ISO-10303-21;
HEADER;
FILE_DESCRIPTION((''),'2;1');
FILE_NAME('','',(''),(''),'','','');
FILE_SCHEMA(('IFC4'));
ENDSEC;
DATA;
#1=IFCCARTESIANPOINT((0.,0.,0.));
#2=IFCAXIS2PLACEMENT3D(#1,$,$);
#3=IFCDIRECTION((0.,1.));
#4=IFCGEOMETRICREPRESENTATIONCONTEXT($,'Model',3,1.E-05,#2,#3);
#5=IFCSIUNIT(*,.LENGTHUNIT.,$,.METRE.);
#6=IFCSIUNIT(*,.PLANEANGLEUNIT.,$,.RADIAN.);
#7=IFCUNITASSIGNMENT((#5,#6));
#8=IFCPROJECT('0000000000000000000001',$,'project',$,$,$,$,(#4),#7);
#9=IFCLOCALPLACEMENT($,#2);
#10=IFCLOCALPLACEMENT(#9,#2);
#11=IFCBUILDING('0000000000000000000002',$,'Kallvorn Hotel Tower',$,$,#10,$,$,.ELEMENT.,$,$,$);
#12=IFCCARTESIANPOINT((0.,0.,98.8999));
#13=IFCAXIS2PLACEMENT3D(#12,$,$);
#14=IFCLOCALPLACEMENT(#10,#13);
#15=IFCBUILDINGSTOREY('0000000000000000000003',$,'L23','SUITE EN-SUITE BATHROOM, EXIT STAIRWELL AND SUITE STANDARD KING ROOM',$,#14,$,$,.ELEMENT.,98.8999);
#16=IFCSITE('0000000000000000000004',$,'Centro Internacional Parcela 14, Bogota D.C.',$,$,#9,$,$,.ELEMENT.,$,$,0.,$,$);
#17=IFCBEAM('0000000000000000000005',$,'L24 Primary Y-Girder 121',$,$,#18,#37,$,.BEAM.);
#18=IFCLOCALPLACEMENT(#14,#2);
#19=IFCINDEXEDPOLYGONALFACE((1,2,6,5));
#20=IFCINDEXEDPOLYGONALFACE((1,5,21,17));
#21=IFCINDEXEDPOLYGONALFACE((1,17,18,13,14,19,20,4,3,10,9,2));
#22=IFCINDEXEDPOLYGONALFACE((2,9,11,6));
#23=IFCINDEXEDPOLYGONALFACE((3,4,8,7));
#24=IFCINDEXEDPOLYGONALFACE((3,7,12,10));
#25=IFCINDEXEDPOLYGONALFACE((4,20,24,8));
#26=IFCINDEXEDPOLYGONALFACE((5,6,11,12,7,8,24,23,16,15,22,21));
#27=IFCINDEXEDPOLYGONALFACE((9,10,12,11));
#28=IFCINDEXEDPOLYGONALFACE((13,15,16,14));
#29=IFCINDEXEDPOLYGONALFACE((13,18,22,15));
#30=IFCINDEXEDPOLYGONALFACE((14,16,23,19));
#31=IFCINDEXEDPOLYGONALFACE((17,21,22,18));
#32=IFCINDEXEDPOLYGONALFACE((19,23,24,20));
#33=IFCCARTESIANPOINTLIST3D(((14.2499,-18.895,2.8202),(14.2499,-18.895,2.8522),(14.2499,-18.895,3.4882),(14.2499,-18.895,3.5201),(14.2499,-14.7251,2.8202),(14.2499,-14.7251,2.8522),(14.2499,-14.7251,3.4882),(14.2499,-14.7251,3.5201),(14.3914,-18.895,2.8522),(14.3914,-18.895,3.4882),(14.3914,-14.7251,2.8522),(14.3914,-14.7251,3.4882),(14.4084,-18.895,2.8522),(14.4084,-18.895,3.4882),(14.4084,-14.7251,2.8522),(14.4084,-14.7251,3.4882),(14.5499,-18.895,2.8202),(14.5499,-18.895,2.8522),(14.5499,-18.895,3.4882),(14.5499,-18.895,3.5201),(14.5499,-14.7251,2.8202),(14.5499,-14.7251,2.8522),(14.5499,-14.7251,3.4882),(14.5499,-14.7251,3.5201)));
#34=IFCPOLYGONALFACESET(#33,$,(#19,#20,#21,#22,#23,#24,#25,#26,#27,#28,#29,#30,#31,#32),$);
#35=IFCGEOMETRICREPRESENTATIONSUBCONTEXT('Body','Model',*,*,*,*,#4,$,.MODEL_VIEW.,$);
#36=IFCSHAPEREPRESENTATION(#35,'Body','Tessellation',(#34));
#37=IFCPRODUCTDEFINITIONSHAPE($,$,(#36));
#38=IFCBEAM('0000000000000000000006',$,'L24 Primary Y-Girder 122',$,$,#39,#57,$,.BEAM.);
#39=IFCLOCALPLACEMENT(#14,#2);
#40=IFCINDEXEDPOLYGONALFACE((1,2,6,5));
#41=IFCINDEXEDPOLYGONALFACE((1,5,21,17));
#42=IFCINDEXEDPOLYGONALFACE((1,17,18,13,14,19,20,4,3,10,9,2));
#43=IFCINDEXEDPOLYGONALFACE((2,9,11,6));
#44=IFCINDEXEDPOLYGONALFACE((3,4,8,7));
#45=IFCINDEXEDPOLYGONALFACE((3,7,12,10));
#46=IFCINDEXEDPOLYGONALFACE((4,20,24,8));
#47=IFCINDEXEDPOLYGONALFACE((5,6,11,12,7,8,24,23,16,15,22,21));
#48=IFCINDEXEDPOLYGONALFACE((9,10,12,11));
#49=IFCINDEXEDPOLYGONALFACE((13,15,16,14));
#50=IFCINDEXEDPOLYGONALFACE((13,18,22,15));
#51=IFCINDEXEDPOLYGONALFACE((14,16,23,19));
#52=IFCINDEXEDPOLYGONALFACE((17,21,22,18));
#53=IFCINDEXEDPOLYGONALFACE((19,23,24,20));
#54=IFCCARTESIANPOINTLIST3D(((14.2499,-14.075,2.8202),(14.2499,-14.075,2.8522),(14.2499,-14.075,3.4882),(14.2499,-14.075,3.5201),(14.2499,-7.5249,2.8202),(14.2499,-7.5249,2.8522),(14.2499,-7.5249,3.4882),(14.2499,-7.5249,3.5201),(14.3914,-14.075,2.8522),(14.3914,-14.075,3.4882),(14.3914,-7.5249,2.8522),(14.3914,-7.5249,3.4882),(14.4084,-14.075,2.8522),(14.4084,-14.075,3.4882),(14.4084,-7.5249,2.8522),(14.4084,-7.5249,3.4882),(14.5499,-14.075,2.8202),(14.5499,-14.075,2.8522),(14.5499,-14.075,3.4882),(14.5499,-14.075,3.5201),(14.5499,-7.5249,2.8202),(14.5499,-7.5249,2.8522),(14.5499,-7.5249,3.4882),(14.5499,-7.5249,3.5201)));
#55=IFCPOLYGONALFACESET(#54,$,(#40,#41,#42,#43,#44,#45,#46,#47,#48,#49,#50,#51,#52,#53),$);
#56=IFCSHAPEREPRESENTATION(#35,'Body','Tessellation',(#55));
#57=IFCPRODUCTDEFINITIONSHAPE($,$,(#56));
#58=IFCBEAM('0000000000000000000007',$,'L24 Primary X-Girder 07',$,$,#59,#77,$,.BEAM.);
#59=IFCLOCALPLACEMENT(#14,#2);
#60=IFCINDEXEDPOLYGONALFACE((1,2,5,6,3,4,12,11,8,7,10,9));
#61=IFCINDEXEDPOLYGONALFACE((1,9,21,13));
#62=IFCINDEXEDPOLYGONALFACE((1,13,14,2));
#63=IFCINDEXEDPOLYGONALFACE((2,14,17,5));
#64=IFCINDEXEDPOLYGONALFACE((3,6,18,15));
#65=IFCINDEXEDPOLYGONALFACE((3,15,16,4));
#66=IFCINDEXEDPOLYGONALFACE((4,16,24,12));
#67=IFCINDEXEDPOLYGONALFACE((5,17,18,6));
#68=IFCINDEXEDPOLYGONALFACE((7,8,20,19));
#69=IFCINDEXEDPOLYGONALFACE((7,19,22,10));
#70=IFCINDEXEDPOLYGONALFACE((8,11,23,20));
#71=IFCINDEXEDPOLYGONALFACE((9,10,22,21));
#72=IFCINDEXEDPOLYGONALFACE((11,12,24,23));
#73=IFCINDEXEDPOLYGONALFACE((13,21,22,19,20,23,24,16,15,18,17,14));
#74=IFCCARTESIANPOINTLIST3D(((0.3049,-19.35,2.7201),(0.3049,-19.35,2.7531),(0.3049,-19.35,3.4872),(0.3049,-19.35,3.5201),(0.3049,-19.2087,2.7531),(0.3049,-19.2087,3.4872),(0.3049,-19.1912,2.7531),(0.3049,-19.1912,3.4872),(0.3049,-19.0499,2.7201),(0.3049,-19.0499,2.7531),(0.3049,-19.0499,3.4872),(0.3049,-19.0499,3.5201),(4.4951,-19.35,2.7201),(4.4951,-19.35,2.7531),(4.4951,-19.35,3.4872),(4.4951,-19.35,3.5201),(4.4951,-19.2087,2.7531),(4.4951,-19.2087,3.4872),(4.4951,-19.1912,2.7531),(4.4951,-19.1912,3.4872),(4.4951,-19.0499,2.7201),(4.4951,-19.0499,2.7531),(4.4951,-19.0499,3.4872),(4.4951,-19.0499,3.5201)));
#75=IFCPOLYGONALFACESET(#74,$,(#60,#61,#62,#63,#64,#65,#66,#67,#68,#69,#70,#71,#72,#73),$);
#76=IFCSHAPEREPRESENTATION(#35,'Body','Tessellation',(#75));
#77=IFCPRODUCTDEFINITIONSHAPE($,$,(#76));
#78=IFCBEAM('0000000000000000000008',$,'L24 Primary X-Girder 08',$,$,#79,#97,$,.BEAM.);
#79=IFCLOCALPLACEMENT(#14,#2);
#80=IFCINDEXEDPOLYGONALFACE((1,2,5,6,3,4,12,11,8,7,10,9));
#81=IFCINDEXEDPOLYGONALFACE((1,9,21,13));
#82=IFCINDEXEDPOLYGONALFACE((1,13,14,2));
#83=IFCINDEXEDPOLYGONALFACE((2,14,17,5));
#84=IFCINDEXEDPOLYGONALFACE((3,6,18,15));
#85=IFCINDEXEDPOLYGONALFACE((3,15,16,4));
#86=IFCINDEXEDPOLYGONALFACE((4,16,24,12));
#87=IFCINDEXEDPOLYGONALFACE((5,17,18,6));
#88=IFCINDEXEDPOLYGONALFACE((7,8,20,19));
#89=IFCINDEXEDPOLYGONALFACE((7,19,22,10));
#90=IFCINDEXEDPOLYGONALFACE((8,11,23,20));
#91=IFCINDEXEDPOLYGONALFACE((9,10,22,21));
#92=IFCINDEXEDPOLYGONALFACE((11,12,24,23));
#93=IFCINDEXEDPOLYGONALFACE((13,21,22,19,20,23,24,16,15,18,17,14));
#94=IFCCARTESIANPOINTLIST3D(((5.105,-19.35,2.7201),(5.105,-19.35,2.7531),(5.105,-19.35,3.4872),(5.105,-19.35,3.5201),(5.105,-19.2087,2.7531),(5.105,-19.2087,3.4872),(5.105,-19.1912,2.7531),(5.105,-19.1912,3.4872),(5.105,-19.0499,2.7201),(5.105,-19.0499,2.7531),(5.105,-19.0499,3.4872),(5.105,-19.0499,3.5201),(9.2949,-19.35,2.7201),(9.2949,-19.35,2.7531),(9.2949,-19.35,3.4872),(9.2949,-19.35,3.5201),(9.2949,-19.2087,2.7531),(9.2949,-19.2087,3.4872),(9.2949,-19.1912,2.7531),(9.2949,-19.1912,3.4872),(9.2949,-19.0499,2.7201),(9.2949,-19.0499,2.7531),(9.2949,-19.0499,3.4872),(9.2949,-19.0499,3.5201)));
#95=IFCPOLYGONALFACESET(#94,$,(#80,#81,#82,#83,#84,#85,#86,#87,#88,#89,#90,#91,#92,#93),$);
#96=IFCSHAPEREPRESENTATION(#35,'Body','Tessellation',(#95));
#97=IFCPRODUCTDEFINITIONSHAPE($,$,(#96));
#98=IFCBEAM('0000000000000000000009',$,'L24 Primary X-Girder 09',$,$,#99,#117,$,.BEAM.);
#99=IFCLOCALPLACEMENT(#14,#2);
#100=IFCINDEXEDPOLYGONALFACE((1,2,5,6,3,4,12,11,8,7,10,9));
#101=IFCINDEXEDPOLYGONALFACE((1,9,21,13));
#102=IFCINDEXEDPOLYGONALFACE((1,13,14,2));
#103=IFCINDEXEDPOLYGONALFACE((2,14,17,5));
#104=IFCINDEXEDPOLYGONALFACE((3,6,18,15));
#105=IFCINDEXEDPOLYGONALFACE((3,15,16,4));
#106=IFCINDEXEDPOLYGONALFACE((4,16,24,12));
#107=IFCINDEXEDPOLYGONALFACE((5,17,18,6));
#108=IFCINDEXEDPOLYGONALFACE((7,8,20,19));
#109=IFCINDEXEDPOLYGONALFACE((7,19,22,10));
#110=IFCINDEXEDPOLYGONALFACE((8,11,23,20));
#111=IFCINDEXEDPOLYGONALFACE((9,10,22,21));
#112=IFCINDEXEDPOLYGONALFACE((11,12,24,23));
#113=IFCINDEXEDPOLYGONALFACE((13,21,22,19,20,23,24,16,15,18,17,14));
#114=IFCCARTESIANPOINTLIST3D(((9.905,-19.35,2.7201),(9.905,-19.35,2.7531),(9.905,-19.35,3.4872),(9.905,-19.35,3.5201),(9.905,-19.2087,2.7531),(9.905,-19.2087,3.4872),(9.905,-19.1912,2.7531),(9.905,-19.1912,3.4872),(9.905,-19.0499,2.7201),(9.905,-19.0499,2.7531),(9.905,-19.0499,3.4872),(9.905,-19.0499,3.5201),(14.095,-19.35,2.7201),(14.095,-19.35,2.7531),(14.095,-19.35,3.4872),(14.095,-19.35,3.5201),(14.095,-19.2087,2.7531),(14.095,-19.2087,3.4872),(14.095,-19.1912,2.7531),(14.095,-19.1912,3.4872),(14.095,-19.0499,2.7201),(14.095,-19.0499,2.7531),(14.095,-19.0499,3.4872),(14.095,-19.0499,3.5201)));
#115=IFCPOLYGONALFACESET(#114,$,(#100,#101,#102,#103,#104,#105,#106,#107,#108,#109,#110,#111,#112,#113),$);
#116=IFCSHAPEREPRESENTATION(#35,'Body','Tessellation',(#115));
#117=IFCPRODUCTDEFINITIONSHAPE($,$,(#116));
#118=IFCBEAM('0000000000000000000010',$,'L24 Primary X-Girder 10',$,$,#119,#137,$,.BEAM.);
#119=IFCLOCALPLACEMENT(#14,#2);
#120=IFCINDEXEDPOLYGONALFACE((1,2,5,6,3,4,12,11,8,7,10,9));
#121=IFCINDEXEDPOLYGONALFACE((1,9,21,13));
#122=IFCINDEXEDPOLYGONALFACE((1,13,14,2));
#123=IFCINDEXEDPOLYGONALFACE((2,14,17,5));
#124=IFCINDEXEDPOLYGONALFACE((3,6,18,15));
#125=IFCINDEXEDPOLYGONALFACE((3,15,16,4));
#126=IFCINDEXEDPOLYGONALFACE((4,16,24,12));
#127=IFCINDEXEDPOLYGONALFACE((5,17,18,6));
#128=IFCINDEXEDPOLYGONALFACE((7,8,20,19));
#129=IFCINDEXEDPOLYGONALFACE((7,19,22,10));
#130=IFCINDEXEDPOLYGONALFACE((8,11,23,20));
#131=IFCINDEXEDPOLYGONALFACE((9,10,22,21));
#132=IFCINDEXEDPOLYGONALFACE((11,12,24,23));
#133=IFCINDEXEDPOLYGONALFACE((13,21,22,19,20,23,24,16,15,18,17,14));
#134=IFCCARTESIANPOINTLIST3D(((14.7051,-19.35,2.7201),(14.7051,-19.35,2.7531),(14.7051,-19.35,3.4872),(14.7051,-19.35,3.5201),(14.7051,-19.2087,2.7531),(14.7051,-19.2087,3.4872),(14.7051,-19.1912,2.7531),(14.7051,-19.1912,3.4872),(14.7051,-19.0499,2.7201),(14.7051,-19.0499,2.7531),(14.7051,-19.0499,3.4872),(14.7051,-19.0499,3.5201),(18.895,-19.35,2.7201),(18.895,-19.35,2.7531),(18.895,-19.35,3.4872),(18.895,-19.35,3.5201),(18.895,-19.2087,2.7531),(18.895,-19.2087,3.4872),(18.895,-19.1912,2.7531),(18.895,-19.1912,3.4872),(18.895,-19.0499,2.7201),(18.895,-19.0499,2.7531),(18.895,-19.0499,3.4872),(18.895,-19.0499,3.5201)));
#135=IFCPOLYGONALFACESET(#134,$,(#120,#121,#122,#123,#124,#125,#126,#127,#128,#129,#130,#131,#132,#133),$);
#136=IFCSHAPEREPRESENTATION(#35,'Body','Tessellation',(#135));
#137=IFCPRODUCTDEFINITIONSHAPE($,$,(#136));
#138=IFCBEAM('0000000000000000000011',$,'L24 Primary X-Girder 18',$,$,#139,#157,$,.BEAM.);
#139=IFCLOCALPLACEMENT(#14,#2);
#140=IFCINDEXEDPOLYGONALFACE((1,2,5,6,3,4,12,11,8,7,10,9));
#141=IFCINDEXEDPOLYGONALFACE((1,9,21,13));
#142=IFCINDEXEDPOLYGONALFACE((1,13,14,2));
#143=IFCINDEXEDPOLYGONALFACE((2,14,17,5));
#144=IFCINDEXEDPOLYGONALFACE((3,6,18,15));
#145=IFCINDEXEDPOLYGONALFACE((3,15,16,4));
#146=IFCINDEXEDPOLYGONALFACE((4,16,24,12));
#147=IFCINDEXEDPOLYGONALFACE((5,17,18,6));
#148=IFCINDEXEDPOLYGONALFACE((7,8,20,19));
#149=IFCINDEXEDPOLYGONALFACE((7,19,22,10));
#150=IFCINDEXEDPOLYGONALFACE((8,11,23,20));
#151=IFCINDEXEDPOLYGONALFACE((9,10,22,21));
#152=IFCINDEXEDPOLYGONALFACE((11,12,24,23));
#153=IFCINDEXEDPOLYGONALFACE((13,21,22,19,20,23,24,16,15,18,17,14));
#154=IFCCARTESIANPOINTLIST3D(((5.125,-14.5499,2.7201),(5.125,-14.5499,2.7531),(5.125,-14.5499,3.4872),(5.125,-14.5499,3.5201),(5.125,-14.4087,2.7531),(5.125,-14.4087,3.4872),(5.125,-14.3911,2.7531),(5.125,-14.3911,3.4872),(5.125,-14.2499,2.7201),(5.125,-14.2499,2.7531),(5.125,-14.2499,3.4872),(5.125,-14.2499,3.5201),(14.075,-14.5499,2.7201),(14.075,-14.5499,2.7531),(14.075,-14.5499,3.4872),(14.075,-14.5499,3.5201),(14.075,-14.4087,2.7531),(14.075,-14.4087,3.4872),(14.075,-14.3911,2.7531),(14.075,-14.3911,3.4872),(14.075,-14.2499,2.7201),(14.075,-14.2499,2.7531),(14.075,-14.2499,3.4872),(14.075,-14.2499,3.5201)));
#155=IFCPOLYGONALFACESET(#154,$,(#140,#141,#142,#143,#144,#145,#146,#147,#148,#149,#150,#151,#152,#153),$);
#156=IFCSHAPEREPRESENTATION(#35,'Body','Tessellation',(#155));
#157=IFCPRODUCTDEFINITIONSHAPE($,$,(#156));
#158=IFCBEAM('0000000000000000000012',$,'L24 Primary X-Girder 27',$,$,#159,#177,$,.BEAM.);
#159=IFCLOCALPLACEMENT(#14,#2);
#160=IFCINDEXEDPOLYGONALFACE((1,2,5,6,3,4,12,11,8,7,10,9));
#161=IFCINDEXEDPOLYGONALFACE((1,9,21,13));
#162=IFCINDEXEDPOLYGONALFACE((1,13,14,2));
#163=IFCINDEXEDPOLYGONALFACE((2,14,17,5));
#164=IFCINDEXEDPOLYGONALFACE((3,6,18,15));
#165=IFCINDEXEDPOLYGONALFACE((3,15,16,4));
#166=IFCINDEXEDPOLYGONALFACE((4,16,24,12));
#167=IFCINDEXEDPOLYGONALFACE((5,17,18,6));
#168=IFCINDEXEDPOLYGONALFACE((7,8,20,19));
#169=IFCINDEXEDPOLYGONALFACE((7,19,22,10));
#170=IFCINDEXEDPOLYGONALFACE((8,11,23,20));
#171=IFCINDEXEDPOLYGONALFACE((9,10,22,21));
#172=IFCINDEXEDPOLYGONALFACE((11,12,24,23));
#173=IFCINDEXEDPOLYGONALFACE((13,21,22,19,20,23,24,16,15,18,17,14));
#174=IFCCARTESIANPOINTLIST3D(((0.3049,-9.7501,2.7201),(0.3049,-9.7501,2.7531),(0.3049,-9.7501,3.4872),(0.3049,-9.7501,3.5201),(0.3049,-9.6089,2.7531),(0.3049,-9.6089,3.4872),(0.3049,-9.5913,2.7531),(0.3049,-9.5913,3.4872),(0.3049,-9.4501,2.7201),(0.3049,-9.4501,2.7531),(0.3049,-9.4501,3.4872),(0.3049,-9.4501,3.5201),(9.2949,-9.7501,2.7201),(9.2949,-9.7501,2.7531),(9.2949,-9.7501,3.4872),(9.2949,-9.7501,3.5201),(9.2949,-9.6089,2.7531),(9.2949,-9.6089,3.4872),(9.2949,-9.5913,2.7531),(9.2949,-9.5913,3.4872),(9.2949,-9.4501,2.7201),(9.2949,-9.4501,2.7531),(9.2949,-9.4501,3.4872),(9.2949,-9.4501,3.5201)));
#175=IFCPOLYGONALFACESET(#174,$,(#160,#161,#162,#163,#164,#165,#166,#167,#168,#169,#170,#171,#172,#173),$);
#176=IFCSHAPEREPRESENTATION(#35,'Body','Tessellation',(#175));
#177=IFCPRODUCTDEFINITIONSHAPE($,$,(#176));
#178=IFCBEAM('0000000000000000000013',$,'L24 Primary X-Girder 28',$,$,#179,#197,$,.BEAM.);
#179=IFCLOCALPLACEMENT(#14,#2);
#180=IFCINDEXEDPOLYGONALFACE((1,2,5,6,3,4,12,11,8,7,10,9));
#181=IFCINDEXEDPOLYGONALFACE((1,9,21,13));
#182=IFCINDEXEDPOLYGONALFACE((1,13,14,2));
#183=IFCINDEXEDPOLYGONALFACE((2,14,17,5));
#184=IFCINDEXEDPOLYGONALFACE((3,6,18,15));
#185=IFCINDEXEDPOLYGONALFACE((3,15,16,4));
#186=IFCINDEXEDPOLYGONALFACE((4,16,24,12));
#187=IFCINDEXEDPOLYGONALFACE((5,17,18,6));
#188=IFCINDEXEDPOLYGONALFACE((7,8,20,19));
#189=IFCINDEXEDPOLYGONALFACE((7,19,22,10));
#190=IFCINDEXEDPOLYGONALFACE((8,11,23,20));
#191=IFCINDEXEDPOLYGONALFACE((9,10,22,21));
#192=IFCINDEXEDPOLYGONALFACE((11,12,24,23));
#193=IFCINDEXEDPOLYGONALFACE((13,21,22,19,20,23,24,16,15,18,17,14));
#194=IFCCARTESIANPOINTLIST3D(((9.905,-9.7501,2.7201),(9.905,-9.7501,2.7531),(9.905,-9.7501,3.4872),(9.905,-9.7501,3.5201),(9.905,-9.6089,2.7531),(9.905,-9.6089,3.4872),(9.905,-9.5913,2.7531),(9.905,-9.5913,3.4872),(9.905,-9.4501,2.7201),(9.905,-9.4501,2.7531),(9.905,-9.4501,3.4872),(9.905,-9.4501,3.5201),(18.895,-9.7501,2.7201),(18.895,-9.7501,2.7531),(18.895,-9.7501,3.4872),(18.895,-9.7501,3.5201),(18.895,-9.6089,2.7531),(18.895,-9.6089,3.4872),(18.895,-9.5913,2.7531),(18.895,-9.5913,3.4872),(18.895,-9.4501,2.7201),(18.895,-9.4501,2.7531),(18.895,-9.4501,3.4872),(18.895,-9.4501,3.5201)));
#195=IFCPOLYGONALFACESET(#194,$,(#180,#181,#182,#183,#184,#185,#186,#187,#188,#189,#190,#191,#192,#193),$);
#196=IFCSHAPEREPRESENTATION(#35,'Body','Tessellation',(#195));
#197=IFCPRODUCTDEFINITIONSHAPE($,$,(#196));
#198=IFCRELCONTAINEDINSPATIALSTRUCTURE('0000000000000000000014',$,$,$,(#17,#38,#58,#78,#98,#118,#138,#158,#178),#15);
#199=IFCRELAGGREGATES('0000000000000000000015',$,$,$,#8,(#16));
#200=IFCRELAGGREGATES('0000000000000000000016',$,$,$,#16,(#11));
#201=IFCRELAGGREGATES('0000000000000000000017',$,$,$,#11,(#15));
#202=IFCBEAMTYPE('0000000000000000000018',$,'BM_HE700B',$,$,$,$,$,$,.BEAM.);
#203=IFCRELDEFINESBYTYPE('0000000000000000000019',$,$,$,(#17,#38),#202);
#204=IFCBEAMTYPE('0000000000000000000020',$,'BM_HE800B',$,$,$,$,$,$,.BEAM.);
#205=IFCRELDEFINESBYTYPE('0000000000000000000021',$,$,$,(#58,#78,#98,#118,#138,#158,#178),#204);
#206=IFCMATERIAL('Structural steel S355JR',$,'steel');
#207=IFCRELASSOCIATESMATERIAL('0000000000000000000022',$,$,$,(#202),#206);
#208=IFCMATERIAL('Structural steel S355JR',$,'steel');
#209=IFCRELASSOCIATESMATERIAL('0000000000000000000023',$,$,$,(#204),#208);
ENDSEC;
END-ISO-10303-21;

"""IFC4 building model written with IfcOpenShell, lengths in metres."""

from ifc_helpers import new_model, si_unit, direction, frame, origin, origin_2d, place, context, subcontext, project, spatial, i_section, extrude, material, material_profile, profile_set, type_object, element, save


model = new_model("IFC4")

# Units and contexts
model_context = context("Model", 3, precision=1e-05, world=origin(), true_north=direction((0.0, 1.0)))
body_context = subcontext(model_context, "Body", "Model", "MODEL_VIEW")
ifc_project = project(units=[si_unit("LENGTHUNIT", "METRE"), si_unit("PLANEANGLEUNIT", "RADIAN")], contexts=[model_context])

# Site, building, storey
site_placement = place(None, origin())
site = spatial("IfcSite", under=ifc_project, at=site_placement, Name="Centro Internacional Parcela 14, Bogota D.C.", CompositionType="ELEMENT", RefElevation=0.0)
building_placement = place(site_placement, origin())
building = spatial("IfcBuilding", under=site, at=building_placement, Name="Kallvorn Hotel Tower", CompositionType="ELEMENT")
storey_placement = place(building_placement, frame((0.0, 0.0, 98.8999)))
storey = spatial("IfcBuildingStorey", under=building, at=storey_placement, Name="L23", Description="SUITE EN-SUITE BATHROOM, EXIT STAIRWELL AND SUITE STANDARD KING ROOM", CompositionType="ELEMENT", Elevation=98.8999)

# Beams
ifc_material_1 = material(Name="Structural steel S355JR", Category="steel")
ifc_material_profile_1 = material_profile(ifc_material_1, i_section(OverallWidth=0.3, OverallDepth=0.7, WebThickness=0.0171, FlangeThickness=0.032, at=origin_2d()), Name="HE 700 B")
ifc_profile_set_1 = profile_set([ifc_material_profile_1], Name="Structural steel S355JR")
beam_type_1 = type_object("IfcBeamType", Name="BM_HE700B", PredefinedType="BEAM", material=ifc_profile_set_1)
beam_1_placement = place(storey_placement, frame((14.3999, -18.895, 3.1702), z_axis=(0.0, 1.0, 0.0), x_axis=(-1.0, 0.0, 0.0)))
element("IfcBeam", 1, at=beam_1_placement, inside=storey, type_object=beam_type_1, Name="L24 Primary Y-Girder 121", PredefinedType="BEAM", context=body_context, shape_type="SweptSolid", body=[
    extrude(i_section(OverallWidth=0.3, OverallDepth=0.7, WebThickness=0.0171, FlangeThickness=0.032, at=origin_2d()), origin(), (0.0, 0.0, 1.0), 4.1699),
])
beam_2_placement = place(storey_placement, frame((14.3999, -14.075, 3.1702), z_axis=(0.0, 1.0, 0.0), x_axis=(-1.0, 0.0, 0.0)))
element("IfcBeam", 2, at=beam_2_placement, inside=storey, type_object=beam_type_1, Name="L24 Primary Y-Girder 122", PredefinedType="BEAM", context=body_context, shape_type="SweptSolid", body=[
    extrude(i_section(OverallWidth=0.3, OverallDepth=0.7, WebThickness=0.0171, FlangeThickness=0.032, at=origin_2d()), origin(), (0.0, 0.0, 1.0), 6.55),
])
ifc_material_2 = material(Name="Structural steel S355JR", Category="steel")
ifc_material_profile_2 = material_profile(ifc_material_2, i_section(OverallWidth=0.3, OverallDepth=0.8, WebThickness=0.0176, FlangeThickness=0.033, at=origin_2d()), Name="HE 800 B")
ifc_profile_set_2 = profile_set([ifc_material_profile_2], Name="Structural steel S355JR")
beam_type_2 = type_object("IfcBeamType", Name="BM_HE800B", PredefinedType="BEAM", material=ifc_profile_set_2)
beam_3_placement = place(storey_placement, frame((0.3049, -19.2, 3.1201), z_axis=(1.0, 0.0, 0.0), x_axis=(0.0, 1.0, 0.0)))
element("IfcBeam", 3, at=beam_3_placement, inside=storey, type_object=beam_type_2, Name="L24 Primary X-Girder 07", PredefinedType="BEAM", context=body_context, shape_type="SweptSolid", body=[
    extrude(i_section(OverallWidth=0.3, OverallDepth=0.8, WebThickness=0.0176, FlangeThickness=0.033, at=origin_2d()), origin(), (0.0, 0.0, 1.0), 4.1902),
])
for number, where, z_axis, x_axis, name in (
    (4, (5.105, -19.2, 3.1201), (1.0, 0.0, 0.0), (0.0, 1.0, 0.0), "L24 Primary X-Girder 08"),
    (5, (9.905, -19.2, 3.1201), (1.0, 0.0, 0.0), (0.0, 1.0, 0.0), "L24 Primary X-Girder 09"),
    (6, (14.7051, -19.2, 3.1201), (1.0, 0.0, 0.0), (0.0, 1.0, 0.0), "L24 Primary X-Girder 10"),
):
    element("IfcBeam", number, at=place(storey_placement, frame(where, z_axis=z_axis, x_axis=x_axis)), inside=storey, type_object=beam_type_2, Name=name, PredefinedType="BEAM", context=body_context, shape_type="SweptSolid", body=[
        extrude(i_section(OverallWidth=0.3, OverallDepth=0.8, WebThickness=0.0176, FlangeThickness=0.033, at=origin_2d()), origin(), (0.0, 0.0, 1.0), 4.1899),
    ])
beam_4_placement = place(storey_placement, frame((5.125, -14.3999, 3.1201), z_axis=(1.0, 0.0, 0.0), x_axis=(0.0, 1.0, 0.0)))
element("IfcBeam", 7, at=beam_4_placement, inside=storey, type_object=beam_type_2, Name="L24 Primary X-Girder 18", PredefinedType="BEAM", context=body_context, shape_type="SweptSolid", body=[
    extrude(i_section(OverallWidth=0.3, OverallDepth=0.8, WebThickness=0.0176, FlangeThickness=0.033, at=origin_2d()), origin(), (0.0, 0.0, 1.0), 8.95),
])
for number, where, z_axis, x_axis, name in (
    (8, (0.3049, -9.6001, 3.1201), (1.0, 0.0, 0.0), (0.0, 1.0, 0.0), "L24 Primary X-Girder 27"),
    (9, (9.905, -9.6001, 3.1201), (1.0, 0.0, 0.0), (0.0, 1.0, 0.0), "L24 Primary X-Girder 28"),
):
    element("IfcBeam", number, at=place(storey_placement, frame(where, z_axis=z_axis, x_axis=x_axis)), inside=storey, type_object=beam_type_2, Name=name, PredefinedType="BEAM", context=body_context, shape_type="SweptSolid", body=[
        extrude(i_section(OverallWidth=0.3, OverallDepth=0.8, WebThickness=0.0176, FlangeThickness=0.033, at=origin_2d()), origin(), (0.0, 0.0, 1.0), 8.99),
    ])

save(model, "model.ifc")
